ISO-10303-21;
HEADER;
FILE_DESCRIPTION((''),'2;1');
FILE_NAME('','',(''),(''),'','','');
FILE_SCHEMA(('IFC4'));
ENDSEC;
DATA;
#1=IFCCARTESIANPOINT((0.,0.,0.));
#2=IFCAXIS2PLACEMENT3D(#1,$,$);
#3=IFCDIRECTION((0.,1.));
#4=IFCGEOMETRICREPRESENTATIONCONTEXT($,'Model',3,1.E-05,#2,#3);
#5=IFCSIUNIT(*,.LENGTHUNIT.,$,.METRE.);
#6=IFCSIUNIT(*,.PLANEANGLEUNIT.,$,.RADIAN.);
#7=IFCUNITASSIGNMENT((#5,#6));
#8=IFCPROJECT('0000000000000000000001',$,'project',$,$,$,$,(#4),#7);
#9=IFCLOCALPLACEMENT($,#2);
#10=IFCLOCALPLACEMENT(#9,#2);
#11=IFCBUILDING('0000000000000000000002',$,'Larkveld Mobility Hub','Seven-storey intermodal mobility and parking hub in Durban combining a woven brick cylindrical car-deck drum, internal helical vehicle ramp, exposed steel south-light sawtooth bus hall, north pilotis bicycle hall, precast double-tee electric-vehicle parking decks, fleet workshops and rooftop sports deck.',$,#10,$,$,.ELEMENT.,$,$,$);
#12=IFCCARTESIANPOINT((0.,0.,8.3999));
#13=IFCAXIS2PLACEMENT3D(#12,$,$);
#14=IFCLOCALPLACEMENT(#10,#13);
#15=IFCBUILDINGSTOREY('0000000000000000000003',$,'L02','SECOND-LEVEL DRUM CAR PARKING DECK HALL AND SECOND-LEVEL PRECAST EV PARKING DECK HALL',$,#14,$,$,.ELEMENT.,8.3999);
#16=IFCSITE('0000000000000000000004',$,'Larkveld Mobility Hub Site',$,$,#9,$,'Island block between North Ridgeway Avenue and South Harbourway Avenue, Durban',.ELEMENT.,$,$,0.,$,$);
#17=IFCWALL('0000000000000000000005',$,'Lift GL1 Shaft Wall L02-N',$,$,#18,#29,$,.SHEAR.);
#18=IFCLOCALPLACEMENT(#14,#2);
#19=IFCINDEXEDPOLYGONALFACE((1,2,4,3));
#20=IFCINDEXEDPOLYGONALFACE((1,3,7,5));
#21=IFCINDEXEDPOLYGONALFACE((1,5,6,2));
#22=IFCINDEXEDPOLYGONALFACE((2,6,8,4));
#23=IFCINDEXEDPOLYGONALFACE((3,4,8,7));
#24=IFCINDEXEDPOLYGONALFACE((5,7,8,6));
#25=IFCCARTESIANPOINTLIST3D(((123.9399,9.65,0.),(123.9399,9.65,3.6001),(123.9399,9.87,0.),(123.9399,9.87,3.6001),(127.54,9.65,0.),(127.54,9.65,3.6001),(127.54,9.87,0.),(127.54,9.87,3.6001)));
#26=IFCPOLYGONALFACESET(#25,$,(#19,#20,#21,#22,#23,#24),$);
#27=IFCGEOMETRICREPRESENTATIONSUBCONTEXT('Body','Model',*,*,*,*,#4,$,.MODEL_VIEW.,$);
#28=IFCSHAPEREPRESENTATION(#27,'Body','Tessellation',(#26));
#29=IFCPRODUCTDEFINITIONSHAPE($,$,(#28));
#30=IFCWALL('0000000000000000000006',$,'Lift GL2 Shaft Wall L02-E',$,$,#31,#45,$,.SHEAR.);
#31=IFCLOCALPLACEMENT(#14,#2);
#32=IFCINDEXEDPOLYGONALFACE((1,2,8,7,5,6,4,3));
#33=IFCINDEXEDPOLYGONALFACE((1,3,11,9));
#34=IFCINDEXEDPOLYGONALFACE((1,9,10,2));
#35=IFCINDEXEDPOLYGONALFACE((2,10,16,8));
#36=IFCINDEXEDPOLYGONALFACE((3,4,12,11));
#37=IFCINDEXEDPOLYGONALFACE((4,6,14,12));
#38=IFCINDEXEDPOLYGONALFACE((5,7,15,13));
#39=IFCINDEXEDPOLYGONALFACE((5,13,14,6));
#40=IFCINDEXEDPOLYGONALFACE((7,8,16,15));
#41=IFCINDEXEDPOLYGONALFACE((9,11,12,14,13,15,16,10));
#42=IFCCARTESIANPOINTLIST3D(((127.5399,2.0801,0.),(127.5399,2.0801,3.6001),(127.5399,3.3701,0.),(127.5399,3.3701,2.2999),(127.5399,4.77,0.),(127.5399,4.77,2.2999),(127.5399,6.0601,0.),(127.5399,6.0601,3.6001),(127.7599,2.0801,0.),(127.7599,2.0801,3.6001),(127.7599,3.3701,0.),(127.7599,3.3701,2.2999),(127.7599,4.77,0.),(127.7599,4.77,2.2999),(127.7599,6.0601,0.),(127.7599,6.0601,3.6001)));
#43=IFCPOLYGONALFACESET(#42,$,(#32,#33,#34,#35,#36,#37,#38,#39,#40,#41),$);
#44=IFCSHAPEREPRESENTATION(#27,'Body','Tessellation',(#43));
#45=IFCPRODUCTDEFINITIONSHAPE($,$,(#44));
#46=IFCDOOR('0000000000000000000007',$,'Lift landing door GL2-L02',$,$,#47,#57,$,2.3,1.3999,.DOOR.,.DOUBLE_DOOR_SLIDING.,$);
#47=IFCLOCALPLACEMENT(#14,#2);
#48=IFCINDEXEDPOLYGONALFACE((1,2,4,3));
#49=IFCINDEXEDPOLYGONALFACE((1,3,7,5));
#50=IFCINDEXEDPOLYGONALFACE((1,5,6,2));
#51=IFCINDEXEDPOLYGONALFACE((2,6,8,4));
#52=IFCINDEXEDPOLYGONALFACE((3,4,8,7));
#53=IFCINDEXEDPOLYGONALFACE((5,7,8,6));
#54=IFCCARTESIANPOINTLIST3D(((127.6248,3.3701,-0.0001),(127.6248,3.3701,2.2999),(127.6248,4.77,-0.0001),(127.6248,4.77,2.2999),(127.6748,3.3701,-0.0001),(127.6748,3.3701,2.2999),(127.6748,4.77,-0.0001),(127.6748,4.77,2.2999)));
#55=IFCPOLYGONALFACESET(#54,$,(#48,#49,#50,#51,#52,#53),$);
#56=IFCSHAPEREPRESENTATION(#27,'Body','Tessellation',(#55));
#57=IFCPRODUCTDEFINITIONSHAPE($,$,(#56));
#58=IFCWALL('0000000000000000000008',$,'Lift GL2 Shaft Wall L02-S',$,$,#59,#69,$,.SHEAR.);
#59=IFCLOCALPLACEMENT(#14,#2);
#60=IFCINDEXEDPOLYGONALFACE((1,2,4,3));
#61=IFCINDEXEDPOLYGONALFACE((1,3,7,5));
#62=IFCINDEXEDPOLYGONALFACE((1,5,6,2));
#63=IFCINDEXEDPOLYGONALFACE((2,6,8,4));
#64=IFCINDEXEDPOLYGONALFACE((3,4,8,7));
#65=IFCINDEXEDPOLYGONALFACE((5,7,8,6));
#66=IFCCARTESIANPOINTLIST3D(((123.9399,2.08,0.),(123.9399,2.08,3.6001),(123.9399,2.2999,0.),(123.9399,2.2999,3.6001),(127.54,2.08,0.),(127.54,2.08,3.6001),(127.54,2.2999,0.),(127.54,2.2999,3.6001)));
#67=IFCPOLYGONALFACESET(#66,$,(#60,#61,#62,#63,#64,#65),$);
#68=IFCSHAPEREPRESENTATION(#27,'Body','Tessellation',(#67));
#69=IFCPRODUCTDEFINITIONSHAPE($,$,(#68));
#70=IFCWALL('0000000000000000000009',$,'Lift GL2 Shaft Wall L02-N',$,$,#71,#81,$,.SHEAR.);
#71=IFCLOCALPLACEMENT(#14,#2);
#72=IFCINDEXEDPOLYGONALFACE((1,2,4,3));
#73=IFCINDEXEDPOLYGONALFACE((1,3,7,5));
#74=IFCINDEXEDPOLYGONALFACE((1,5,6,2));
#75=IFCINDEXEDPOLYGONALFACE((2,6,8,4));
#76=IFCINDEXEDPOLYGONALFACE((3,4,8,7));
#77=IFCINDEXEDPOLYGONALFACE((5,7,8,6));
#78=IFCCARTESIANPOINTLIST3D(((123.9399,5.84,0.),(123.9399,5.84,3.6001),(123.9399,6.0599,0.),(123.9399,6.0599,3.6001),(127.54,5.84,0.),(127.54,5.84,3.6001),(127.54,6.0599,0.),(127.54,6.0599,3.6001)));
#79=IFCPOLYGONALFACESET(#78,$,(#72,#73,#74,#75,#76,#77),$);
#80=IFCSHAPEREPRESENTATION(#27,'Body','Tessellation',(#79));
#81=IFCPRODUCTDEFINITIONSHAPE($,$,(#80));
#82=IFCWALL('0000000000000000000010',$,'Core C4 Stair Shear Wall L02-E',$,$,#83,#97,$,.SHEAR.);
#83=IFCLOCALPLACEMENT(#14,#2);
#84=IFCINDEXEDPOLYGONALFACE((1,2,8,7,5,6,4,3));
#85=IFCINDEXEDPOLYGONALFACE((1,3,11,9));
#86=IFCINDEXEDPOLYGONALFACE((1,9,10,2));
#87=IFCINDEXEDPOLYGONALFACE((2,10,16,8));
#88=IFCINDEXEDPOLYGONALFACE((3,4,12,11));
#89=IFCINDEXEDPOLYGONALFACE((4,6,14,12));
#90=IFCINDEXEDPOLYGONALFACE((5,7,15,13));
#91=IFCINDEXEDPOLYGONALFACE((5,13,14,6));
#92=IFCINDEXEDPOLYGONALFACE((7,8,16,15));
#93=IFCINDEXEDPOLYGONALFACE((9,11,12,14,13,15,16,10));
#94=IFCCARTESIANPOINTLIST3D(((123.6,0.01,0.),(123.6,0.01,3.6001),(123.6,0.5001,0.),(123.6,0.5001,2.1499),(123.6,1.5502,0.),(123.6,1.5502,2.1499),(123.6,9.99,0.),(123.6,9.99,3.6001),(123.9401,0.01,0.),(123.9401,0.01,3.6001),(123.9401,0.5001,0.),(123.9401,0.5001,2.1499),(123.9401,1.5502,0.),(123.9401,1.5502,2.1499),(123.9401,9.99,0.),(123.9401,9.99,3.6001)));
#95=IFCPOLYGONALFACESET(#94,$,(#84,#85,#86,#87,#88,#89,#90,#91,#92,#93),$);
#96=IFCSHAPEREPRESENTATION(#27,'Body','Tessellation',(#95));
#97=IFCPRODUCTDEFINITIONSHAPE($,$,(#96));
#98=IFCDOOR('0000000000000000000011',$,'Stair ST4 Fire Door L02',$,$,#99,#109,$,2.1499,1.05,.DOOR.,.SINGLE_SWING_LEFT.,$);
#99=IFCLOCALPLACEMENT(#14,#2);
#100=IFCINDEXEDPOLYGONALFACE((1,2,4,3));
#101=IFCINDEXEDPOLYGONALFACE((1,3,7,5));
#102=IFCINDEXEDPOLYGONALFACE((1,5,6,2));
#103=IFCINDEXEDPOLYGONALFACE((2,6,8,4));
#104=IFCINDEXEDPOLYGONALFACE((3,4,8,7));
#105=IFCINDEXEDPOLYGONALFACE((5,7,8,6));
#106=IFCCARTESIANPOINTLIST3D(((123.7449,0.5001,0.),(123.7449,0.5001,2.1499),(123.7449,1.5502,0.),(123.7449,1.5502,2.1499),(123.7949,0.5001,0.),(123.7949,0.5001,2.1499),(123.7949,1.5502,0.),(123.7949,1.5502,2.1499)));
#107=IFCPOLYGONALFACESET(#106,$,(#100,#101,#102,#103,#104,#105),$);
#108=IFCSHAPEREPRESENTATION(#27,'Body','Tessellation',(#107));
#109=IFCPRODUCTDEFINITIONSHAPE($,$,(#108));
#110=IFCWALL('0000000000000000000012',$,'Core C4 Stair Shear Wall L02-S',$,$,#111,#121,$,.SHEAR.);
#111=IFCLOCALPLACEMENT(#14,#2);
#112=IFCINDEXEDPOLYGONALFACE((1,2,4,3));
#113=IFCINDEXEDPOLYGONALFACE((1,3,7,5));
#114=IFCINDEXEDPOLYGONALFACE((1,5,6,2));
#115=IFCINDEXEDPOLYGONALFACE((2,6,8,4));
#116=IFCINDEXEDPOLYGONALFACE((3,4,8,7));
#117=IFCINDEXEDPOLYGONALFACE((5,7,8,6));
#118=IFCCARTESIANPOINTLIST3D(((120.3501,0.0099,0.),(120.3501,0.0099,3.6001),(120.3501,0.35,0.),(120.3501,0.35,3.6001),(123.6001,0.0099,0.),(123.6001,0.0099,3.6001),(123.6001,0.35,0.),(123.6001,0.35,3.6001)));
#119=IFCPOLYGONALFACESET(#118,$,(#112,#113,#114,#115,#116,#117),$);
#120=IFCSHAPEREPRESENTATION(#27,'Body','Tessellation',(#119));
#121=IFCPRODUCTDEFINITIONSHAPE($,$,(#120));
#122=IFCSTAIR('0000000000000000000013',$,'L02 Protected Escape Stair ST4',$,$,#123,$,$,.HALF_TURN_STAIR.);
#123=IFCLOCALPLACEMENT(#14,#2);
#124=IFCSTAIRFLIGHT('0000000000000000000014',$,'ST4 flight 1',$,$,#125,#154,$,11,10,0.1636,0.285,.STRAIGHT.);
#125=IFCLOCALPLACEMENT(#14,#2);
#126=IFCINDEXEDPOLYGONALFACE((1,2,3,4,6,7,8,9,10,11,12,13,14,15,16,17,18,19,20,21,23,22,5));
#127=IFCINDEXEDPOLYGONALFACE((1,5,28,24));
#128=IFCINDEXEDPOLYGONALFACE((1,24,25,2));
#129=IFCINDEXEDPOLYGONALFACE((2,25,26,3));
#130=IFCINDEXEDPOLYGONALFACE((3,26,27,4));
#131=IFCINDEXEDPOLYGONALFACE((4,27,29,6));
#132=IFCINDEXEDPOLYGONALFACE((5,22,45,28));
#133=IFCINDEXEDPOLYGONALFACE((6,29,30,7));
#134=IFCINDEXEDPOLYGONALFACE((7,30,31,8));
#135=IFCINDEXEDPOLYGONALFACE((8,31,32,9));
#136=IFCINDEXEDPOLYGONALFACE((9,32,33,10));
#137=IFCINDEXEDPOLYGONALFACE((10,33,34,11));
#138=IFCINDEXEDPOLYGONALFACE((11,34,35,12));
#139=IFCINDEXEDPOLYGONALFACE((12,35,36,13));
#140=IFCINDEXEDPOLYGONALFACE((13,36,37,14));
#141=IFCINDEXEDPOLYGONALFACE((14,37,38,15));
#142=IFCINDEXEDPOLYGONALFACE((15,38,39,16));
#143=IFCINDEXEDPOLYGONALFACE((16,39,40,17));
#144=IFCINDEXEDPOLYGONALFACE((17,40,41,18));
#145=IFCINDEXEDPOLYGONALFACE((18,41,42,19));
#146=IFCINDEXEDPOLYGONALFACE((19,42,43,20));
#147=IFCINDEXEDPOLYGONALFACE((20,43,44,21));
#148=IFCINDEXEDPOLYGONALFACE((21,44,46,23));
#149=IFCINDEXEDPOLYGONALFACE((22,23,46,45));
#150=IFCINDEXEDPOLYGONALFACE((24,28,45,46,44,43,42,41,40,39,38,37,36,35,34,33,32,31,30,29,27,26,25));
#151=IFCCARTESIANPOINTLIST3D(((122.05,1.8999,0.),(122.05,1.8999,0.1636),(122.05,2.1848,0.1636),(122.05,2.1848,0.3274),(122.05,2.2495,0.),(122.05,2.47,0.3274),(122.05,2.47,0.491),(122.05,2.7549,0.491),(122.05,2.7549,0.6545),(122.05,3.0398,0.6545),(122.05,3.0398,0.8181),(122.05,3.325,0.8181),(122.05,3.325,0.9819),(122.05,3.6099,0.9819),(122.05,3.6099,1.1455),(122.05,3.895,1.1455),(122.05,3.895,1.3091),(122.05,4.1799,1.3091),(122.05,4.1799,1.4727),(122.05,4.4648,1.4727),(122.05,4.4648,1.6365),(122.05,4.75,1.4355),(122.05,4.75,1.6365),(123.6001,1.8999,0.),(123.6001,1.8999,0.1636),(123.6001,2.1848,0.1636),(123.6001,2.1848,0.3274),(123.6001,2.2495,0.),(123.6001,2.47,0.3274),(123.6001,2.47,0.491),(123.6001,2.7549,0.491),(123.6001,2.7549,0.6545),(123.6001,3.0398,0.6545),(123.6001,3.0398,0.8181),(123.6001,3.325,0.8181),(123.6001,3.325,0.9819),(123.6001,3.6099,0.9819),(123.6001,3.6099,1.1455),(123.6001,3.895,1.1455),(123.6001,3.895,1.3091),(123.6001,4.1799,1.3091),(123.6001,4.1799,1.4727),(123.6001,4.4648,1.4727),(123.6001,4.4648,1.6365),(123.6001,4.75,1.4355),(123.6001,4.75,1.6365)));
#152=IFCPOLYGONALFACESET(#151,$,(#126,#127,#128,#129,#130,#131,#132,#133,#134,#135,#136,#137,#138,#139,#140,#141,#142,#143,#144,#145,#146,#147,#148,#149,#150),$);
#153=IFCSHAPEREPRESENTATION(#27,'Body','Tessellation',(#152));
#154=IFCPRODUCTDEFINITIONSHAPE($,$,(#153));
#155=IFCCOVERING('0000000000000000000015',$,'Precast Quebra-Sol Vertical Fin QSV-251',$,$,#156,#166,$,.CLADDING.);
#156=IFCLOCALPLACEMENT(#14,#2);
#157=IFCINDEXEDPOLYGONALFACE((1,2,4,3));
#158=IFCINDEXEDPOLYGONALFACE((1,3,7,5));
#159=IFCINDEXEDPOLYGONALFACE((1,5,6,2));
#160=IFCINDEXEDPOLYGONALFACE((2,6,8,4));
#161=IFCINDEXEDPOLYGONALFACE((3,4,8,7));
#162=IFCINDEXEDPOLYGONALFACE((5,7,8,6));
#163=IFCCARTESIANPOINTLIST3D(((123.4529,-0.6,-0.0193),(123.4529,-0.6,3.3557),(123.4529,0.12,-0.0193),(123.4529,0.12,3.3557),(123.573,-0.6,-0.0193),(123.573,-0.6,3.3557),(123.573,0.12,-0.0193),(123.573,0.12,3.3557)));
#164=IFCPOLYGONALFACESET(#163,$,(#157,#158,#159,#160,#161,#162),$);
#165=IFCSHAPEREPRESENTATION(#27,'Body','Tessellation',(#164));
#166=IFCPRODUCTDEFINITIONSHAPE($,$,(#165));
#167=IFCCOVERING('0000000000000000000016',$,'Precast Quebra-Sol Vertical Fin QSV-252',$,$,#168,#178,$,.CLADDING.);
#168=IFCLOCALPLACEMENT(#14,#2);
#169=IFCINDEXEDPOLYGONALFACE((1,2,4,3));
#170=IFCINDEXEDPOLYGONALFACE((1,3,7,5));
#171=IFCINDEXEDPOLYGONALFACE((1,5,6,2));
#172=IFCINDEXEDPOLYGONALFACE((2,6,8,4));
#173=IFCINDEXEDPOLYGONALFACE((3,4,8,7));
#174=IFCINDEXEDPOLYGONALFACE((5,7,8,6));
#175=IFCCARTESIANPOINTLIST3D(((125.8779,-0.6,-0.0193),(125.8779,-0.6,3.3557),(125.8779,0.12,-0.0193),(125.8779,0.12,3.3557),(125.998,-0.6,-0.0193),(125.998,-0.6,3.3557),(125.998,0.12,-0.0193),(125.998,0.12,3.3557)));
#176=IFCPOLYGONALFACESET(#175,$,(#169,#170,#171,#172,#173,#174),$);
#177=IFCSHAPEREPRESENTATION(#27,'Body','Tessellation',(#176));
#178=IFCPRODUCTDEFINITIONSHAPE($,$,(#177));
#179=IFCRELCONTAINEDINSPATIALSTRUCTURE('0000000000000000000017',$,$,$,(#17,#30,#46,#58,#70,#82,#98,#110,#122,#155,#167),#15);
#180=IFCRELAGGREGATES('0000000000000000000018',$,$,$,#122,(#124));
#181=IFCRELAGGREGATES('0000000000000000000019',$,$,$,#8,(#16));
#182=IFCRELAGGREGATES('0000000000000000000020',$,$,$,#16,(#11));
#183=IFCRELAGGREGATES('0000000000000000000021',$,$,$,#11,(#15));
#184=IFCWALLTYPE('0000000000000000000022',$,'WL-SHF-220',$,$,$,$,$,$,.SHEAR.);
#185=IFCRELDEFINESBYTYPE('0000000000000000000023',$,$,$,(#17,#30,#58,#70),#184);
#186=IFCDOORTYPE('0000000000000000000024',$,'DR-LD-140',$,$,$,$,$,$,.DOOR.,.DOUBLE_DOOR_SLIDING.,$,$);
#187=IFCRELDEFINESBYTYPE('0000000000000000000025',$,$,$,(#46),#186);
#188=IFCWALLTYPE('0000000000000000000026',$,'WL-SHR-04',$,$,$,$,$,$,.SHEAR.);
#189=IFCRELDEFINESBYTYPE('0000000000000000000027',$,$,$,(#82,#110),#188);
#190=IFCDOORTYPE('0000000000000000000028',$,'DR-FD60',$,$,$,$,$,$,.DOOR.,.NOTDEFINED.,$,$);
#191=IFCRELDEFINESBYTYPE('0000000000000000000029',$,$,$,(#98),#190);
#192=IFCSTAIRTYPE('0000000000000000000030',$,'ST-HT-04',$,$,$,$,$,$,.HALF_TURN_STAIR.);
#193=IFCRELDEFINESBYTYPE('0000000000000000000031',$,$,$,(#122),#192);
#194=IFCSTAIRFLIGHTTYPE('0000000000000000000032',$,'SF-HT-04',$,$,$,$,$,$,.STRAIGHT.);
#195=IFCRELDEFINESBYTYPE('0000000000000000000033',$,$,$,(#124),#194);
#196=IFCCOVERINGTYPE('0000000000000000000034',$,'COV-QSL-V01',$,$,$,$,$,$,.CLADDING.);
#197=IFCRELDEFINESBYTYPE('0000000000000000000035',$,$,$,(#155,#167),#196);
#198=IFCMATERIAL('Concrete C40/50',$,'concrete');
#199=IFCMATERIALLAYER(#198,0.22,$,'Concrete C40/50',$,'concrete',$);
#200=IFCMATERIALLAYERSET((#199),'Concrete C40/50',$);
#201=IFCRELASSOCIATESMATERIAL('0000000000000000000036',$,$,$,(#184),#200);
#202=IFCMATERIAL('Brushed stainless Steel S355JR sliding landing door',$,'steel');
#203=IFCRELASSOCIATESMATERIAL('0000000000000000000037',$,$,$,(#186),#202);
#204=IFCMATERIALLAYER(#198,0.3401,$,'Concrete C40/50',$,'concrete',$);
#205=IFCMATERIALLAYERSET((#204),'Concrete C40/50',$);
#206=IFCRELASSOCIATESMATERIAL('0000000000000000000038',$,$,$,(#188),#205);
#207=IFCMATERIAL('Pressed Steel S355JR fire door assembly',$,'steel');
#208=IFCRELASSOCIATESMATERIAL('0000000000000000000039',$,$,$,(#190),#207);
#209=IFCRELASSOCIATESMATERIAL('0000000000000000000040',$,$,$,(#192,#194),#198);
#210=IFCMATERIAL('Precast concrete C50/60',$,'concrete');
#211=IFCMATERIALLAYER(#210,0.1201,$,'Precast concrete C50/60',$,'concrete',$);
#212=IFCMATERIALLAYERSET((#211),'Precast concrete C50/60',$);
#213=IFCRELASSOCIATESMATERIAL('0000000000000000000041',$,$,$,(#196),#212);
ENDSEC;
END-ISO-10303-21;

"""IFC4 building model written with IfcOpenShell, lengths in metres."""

from ifc_helpers import new_model, si_unit, direction, frame, frame_2d, origin, origin_2d, place, context, subcontext, project, spatial, polyline, rectangle, outline, extrude, material, layer, layer_set, type_object, element, fill, aggregate, save


model = new_model("IFC4")

# Units and contexts
model_context = context("Model", 3, precision=1e-05, world=origin(), true_north=direction((0.0, 1.0)))
body_context = subcontext(model_context, "Body", "Model", "MODEL_VIEW")
ifc_project = project(units=[si_unit("LENGTHUNIT", "METRE"), si_unit("PLANEANGLEUNIT", "RADIAN")], contexts=[model_context])

# Site, building, storey
site_placement = place(None, origin())
site = spatial("IfcSite", under=ifc_project, at=site_placement, Name="Larkveld Mobility Hub Site", LongName="Island block between North Ridgeway Avenue and South Harbourway Avenue, Durban", CompositionType="ELEMENT", RefElevation=0.0)
building_placement = place(site_placement, origin())
building = spatial("IfcBuilding", under=site, at=building_placement, Name="Larkveld Mobility Hub", Description="Seven-storey intermodal mobility and parking hub in Durban combining a woven brick cylindrical car-deck drum, internal helical vehicle ramp, exposed steel south-light sawtooth bus hall, north pilotis bicycle hall, precast double-tee electric-vehicle parking decks, fleet workshops and rooftop sports deck.", CompositionType="ELEMENT")
storey_placement = place(building_placement, frame((0.0, 0.0, 8.3999)))
storey = spatial("IfcBuildingStorey", under=building, at=storey_placement, Name="L02", Description="SECOND-LEVEL DRUM CAR PARKING DECK HALL AND SECOND-LEVEL PRECAST EV PARKING DECK HALL", CompositionType="ELEMENT", Elevation=8.3999)

# Shared definitions
ifc_material_1 = material(Name="Concrete C40/50", Category="concrete")

# Shared definitions
ifc_material_2 = material(Name="Precast concrete C50/60", Category="concrete")

# Shared definitions
ifc_layer_1 = layer(ifc_material_1, 0.22, Name="Concrete C40/50", Category="concrete")
ifc_layer_set_1 = layer_set([ifc_layer_1], Name="Concrete C40/50")
wall_type_1 = type_object("IfcWallType", Name="WL-SHF-220", PredefinedType="SHEAR", material=ifc_layer_set_1)
ifc_material_3 = material(Name="Brushed stainless Steel S355JR sliding landing door", Category="steel")
door_type_1 = type_object("IfcDoorType", Name="DR-LD-140", OperationType="DOUBLE_DOOR_SLIDING", PredefinedType="DOOR", material=ifc_material_3)

# Wall
wall_1_placement = place(storey_placement, frame((123.9399, 9.76, 0.0), z_axis=(0.0, 0.0, 1.0), x_axis=(1.0, 0.0, 0.0)))
element("IfcWall", 1, at=wall_1_placement, inside=storey, type_object=wall_type_1, Name="Lift GL1 Shaft Wall L02-N", PredefinedType="SHEAR", context=body_context, shape_type="SweptSolid", body=[
    extrude(rectangle(XDim=3.6001, YDim=0.22, at=frame_2d((1.8, 0.0))), origin(), (0.0, 0.0, 1.0), 3.6001),
])

# Wall, opening, door
wall_2_placement = place(storey_placement, frame((127.6499, 6.0601, 0.0), z_axis=(0.0, 0.0, 1.0), x_axis=(0.0, -1.0, 0.0)))
wall_2 = element("IfcWall", 2, at=wall_2_placement, inside=storey, type_object=wall_type_1, Name="Lift GL2 Shaft Wall L02-E", PredefinedType="SHEAR", context=body_context, shape_type="SweptSolid", body=[
    extrude(rectangle(XDim=3.98, YDim=0.22, at=frame_2d((1.99, 0.0))), origin(), (0.0, 0.0, 1.0), 3.6001),
])
opening_1_placement = place(wall_2_placement, frame((1.29, 0.0, 0.0)))
opening_1 = element("IfcOpeningElement", 3, at=opening_1_placement, cuts=wall_2, PredefinedType="OPENING", context=body_context, shape_type="SweptSolid", body=[
    extrude(rectangle(XDim=1.3999, YDim=2.3, at=frame_2d((0.7, 1.1499))), frame((0.0, 0.1201, 0.0), z_axis=(0.0, -1.0, 0.0), x_axis=(1.0, 0.0, 0.0)), (0.0, 0.0, 1.0), 0.24),
])
door_1_placement = place(opening_1_placement, origin())
door_1 = element("IfcDoor", 4, at=door_1_placement, inside=storey, type_object=door_type_1, Name="Lift landing door GL2-L02", OperationType="DOUBLE_DOOR_SLIDING", OverallHeight=2.3, OverallWidth=1.3999, PredefinedType="DOOR", context=body_context, shape_type="SweptSolid", body=[
    extrude(rectangle(XDim=1.3999, YDim=2.3, at=frame_2d((0.7, 1.1499))), frame((0.0, 0.0249, 0.0), z_axis=(0.0, -1.0, 0.0), x_axis=(1.0, 0.0, 0.0)), (0.0, 0.0, 1.0), 0.05),
])
fill(opening_1, door_1)

# Walls
for number, where, z_axis, x_axis, name in (
    (5, (127.54, 2.1899, 0.0), (0.0, 0.0, 1.0), (-1.0, 0.0, 0.0), "Lift GL2 Shaft Wall L02-S"),
    (6, (123.9399, 5.95, 0.0), (0.0, 0.0, 1.0), (1.0, 0.0, 0.0), "Lift GL2 Shaft Wall L02-N"),
):
    element("IfcWall", number, at=place(storey_placement, frame(where, z_axis=z_axis, x_axis=x_axis)), inside=storey, type_object=wall_type_1, Name=name, PredefinedType="SHEAR", context=body_context, shape_type="SweptSolid", body=[
        extrude(rectangle(XDim=3.6001, YDim=0.22, at=frame_2d((1.8, 0.0))), origin(), (0.0, 0.0, 1.0), 3.6001),
    ])

# Wall, opening, door
ifc_layer_2 = layer(ifc_material_1, 0.3401, Name="Concrete C40/50", Category="concrete")
ifc_layer_set_2 = layer_set([ifc_layer_2], Name="Concrete C40/50")
wall_type_2 = type_object("IfcWallType", Name="WL-SHR-04", PredefinedType="SHEAR", material=ifc_layer_set_2)
wall_3_placement = place(storey_placement, frame((123.77, 9.99, 0.0), z_axis=(0.0, 0.0, 1.0), x_axis=(0.0, -1.0, 0.0)))
wall_3 = element("IfcWall", 7, at=wall_3_placement, inside=storey, type_object=wall_type_2, Name="Core C4 Stair Shear Wall L02-E", PredefinedType="SHEAR", context=body_context, shape_type="SweptSolid", body=[
    extrude(rectangle(XDim=9.98, YDim=0.3401, at=frame_2d((4.99, 0.0))), origin(), (0.0, 0.0, 1.0), 3.6001),
])
opening_2_placement = place(wall_3_placement, frame((8.4399, 0.0, 0.0)))
opening_2 = element("IfcOpeningElement", 8, at=opening_2_placement, cuts=wall_3, PredefinedType="OPENING", context=body_context, shape_type="SweptSolid", body=[
    extrude(rectangle(XDim=1.05, YDim=2.1499, at=frame_2d((0.5249, 1.075))), frame((0.0, 0.1802, 0.0), z_axis=(0.0, -1.0, 0.0), x_axis=(1.0, 0.0, 0.0)), (0.0, 0.0, 1.0), 0.3601),
])
ifc_material_4 = material(Name="Pressed Steel S355JR fire door assembly", Category="steel")
door_type_2 = type_object("IfcDoorType", Name="DR-FD60", OperationType="NOTDEFINED", PredefinedType="DOOR", material=ifc_material_4)
door_2_placement = place(opening_2_placement, origin())
door_2 = element("IfcDoor", 9, at=door_2_placement, inside=storey, type_object=door_type_2, Name="Stair ST4 Fire Door L02", OperationType="SINGLE_SWING_LEFT", OverallHeight=2.1499, OverallWidth=1.05, PredefinedType="DOOR", context=body_context, shape_type="SweptSolid", body=[
    extrude(rectangle(XDim=1.05, YDim=2.1499, at=frame_2d((0.5249, 1.075))), frame((0.0, 0.0249, 0.0), z_axis=(0.0, -1.0, 0.0), x_axis=(1.0, 0.0, 0.0)), (0.0, 0.0, 1.0), 0.05),
])
fill(opening_2, door_2)

# Wall
wall_4_placement = place(storey_placement, frame((123.6001, 0.1799, 0.0), z_axis=(0.0, 0.0, 1.0), x_axis=(-1.0, 0.0, 0.0)))
element("IfcWall", 10, at=wall_4_placement, inside=storey, type_object=wall_type_2, Name="Core C4 Stair Shear Wall L02-S", PredefinedType="SHEAR", context=body_context, shape_type="SweptSolid", body=[
    extrude(rectangle(XDim=3.25, YDim=0.3401, at=frame_2d((1.625, 0.0))), origin(), (0.0, 0.0, 1.0), 3.6001),
])

# Stair, stair flight
stair_type = type_object("IfcStairType", Name="ST-HT-04", PredefinedType="HALF_TURN_STAIR", material=ifc_material_1)
stair_placement = place(storey_placement, origin())
stair = element("IfcStair", 11, at=stair_placement, inside=storey, type_object=stair_type, Name="L02 Protected Escape Stair ST4", PredefinedType="HALF_TURN_STAIR")
stair_flight_type = type_object("IfcStairFlightType", Name="SF-HT-04", PredefinedType="STRAIGHT", material=ifc_material_1)
stair_flight_placement = place(storey_placement, frame((122.825, 1.8999, 0.0), z_axis=(0.0, 0.0, 1.0), x_axis=(0.0, 1.0, 0.0)))
stair_flight = element("IfcStairFlight", 12, at=stair_flight_placement, type_object=stair_flight_type, Name="ST4 flight 1", NumberOfRisers=11, NumberOfTreads=10, PredefinedType="STRAIGHT", RiserHeight=0.1636, TreadLength=0.285, context=body_context, shape_type="SweptSolid", body=[
    extrude(outline(polyline([(0.0, 0.0), (0.0, 0.1636), (0.2849, 0.1636), (0.2849, 0.3274), (0.5701, 0.3274), (0.5701, 0.491), (0.855, 0.491), (0.855, 0.6545), (1.1399, 0.6545), (1.1399, 0.8181), (1.425, 0.8181), (1.425, 0.9819), (1.71, 0.9819), (1.71, 1.1455), (1.9951, 1.1455), (1.9951, 1.3091), (2.28, 1.3091), (2.28, 1.4727), (2.5649, 1.4727), (2.5649, 1.6365), (2.8501, 1.6365), (2.8501, 1.8), (2.8501, 1.4355), (0.3496, 0.0), (0.0, 0.0)])), frame((0.0, 0.7749, 0.0), z_axis=(0.0, -1.0, 0.0), x_axis=(1.0, 0.0, 0.0)), (0.0, 0.0, 1.0), 1.55),
])
aggregate(stair, [stair_flight])

# Coverings
ifc_layer_3 = layer(ifc_material_2, 0.1201, Name="Precast concrete C50/60", Category="concrete")
ifc_layer_set_3 = layer_set([ifc_layer_3], Name="Precast concrete C50/60")
covering_type = type_object("IfcCoveringType", Name="COV-QSL-V01", PredefinedType="CLADDING", material=ifc_layer_set_3)
for number, where, z_axis, x_axis, name in (
    (13, (123.5129, -0.24, -0.0193), (0.0, 0.0, 1.0), (1.0, 0.0, 0.0), "Precast Quebra-Sol Vertical Fin QSV-251"),
    (14, (125.938, -0.24, -0.0193), (0.0, 0.0, 1.0), (1.0, 0.0, 0.0), "Precast Quebra-Sol Vertical Fin QSV-252"),
):
    element("IfcCovering", number, at=place(storey_placement, frame(where, z_axis=z_axis, x_axis=x_axis)), inside=storey, type_object=covering_type, Name=name, PredefinedType="CLADDING", context=body_context, shape_type="SweptSolid", body=[
        extrude(rectangle(XDim=0.1201, YDim=0.72, at=origin_2d()), origin(), (0.0, 0.0, 1.0), 3.375),
    ])

save(model, "model.ifc")
